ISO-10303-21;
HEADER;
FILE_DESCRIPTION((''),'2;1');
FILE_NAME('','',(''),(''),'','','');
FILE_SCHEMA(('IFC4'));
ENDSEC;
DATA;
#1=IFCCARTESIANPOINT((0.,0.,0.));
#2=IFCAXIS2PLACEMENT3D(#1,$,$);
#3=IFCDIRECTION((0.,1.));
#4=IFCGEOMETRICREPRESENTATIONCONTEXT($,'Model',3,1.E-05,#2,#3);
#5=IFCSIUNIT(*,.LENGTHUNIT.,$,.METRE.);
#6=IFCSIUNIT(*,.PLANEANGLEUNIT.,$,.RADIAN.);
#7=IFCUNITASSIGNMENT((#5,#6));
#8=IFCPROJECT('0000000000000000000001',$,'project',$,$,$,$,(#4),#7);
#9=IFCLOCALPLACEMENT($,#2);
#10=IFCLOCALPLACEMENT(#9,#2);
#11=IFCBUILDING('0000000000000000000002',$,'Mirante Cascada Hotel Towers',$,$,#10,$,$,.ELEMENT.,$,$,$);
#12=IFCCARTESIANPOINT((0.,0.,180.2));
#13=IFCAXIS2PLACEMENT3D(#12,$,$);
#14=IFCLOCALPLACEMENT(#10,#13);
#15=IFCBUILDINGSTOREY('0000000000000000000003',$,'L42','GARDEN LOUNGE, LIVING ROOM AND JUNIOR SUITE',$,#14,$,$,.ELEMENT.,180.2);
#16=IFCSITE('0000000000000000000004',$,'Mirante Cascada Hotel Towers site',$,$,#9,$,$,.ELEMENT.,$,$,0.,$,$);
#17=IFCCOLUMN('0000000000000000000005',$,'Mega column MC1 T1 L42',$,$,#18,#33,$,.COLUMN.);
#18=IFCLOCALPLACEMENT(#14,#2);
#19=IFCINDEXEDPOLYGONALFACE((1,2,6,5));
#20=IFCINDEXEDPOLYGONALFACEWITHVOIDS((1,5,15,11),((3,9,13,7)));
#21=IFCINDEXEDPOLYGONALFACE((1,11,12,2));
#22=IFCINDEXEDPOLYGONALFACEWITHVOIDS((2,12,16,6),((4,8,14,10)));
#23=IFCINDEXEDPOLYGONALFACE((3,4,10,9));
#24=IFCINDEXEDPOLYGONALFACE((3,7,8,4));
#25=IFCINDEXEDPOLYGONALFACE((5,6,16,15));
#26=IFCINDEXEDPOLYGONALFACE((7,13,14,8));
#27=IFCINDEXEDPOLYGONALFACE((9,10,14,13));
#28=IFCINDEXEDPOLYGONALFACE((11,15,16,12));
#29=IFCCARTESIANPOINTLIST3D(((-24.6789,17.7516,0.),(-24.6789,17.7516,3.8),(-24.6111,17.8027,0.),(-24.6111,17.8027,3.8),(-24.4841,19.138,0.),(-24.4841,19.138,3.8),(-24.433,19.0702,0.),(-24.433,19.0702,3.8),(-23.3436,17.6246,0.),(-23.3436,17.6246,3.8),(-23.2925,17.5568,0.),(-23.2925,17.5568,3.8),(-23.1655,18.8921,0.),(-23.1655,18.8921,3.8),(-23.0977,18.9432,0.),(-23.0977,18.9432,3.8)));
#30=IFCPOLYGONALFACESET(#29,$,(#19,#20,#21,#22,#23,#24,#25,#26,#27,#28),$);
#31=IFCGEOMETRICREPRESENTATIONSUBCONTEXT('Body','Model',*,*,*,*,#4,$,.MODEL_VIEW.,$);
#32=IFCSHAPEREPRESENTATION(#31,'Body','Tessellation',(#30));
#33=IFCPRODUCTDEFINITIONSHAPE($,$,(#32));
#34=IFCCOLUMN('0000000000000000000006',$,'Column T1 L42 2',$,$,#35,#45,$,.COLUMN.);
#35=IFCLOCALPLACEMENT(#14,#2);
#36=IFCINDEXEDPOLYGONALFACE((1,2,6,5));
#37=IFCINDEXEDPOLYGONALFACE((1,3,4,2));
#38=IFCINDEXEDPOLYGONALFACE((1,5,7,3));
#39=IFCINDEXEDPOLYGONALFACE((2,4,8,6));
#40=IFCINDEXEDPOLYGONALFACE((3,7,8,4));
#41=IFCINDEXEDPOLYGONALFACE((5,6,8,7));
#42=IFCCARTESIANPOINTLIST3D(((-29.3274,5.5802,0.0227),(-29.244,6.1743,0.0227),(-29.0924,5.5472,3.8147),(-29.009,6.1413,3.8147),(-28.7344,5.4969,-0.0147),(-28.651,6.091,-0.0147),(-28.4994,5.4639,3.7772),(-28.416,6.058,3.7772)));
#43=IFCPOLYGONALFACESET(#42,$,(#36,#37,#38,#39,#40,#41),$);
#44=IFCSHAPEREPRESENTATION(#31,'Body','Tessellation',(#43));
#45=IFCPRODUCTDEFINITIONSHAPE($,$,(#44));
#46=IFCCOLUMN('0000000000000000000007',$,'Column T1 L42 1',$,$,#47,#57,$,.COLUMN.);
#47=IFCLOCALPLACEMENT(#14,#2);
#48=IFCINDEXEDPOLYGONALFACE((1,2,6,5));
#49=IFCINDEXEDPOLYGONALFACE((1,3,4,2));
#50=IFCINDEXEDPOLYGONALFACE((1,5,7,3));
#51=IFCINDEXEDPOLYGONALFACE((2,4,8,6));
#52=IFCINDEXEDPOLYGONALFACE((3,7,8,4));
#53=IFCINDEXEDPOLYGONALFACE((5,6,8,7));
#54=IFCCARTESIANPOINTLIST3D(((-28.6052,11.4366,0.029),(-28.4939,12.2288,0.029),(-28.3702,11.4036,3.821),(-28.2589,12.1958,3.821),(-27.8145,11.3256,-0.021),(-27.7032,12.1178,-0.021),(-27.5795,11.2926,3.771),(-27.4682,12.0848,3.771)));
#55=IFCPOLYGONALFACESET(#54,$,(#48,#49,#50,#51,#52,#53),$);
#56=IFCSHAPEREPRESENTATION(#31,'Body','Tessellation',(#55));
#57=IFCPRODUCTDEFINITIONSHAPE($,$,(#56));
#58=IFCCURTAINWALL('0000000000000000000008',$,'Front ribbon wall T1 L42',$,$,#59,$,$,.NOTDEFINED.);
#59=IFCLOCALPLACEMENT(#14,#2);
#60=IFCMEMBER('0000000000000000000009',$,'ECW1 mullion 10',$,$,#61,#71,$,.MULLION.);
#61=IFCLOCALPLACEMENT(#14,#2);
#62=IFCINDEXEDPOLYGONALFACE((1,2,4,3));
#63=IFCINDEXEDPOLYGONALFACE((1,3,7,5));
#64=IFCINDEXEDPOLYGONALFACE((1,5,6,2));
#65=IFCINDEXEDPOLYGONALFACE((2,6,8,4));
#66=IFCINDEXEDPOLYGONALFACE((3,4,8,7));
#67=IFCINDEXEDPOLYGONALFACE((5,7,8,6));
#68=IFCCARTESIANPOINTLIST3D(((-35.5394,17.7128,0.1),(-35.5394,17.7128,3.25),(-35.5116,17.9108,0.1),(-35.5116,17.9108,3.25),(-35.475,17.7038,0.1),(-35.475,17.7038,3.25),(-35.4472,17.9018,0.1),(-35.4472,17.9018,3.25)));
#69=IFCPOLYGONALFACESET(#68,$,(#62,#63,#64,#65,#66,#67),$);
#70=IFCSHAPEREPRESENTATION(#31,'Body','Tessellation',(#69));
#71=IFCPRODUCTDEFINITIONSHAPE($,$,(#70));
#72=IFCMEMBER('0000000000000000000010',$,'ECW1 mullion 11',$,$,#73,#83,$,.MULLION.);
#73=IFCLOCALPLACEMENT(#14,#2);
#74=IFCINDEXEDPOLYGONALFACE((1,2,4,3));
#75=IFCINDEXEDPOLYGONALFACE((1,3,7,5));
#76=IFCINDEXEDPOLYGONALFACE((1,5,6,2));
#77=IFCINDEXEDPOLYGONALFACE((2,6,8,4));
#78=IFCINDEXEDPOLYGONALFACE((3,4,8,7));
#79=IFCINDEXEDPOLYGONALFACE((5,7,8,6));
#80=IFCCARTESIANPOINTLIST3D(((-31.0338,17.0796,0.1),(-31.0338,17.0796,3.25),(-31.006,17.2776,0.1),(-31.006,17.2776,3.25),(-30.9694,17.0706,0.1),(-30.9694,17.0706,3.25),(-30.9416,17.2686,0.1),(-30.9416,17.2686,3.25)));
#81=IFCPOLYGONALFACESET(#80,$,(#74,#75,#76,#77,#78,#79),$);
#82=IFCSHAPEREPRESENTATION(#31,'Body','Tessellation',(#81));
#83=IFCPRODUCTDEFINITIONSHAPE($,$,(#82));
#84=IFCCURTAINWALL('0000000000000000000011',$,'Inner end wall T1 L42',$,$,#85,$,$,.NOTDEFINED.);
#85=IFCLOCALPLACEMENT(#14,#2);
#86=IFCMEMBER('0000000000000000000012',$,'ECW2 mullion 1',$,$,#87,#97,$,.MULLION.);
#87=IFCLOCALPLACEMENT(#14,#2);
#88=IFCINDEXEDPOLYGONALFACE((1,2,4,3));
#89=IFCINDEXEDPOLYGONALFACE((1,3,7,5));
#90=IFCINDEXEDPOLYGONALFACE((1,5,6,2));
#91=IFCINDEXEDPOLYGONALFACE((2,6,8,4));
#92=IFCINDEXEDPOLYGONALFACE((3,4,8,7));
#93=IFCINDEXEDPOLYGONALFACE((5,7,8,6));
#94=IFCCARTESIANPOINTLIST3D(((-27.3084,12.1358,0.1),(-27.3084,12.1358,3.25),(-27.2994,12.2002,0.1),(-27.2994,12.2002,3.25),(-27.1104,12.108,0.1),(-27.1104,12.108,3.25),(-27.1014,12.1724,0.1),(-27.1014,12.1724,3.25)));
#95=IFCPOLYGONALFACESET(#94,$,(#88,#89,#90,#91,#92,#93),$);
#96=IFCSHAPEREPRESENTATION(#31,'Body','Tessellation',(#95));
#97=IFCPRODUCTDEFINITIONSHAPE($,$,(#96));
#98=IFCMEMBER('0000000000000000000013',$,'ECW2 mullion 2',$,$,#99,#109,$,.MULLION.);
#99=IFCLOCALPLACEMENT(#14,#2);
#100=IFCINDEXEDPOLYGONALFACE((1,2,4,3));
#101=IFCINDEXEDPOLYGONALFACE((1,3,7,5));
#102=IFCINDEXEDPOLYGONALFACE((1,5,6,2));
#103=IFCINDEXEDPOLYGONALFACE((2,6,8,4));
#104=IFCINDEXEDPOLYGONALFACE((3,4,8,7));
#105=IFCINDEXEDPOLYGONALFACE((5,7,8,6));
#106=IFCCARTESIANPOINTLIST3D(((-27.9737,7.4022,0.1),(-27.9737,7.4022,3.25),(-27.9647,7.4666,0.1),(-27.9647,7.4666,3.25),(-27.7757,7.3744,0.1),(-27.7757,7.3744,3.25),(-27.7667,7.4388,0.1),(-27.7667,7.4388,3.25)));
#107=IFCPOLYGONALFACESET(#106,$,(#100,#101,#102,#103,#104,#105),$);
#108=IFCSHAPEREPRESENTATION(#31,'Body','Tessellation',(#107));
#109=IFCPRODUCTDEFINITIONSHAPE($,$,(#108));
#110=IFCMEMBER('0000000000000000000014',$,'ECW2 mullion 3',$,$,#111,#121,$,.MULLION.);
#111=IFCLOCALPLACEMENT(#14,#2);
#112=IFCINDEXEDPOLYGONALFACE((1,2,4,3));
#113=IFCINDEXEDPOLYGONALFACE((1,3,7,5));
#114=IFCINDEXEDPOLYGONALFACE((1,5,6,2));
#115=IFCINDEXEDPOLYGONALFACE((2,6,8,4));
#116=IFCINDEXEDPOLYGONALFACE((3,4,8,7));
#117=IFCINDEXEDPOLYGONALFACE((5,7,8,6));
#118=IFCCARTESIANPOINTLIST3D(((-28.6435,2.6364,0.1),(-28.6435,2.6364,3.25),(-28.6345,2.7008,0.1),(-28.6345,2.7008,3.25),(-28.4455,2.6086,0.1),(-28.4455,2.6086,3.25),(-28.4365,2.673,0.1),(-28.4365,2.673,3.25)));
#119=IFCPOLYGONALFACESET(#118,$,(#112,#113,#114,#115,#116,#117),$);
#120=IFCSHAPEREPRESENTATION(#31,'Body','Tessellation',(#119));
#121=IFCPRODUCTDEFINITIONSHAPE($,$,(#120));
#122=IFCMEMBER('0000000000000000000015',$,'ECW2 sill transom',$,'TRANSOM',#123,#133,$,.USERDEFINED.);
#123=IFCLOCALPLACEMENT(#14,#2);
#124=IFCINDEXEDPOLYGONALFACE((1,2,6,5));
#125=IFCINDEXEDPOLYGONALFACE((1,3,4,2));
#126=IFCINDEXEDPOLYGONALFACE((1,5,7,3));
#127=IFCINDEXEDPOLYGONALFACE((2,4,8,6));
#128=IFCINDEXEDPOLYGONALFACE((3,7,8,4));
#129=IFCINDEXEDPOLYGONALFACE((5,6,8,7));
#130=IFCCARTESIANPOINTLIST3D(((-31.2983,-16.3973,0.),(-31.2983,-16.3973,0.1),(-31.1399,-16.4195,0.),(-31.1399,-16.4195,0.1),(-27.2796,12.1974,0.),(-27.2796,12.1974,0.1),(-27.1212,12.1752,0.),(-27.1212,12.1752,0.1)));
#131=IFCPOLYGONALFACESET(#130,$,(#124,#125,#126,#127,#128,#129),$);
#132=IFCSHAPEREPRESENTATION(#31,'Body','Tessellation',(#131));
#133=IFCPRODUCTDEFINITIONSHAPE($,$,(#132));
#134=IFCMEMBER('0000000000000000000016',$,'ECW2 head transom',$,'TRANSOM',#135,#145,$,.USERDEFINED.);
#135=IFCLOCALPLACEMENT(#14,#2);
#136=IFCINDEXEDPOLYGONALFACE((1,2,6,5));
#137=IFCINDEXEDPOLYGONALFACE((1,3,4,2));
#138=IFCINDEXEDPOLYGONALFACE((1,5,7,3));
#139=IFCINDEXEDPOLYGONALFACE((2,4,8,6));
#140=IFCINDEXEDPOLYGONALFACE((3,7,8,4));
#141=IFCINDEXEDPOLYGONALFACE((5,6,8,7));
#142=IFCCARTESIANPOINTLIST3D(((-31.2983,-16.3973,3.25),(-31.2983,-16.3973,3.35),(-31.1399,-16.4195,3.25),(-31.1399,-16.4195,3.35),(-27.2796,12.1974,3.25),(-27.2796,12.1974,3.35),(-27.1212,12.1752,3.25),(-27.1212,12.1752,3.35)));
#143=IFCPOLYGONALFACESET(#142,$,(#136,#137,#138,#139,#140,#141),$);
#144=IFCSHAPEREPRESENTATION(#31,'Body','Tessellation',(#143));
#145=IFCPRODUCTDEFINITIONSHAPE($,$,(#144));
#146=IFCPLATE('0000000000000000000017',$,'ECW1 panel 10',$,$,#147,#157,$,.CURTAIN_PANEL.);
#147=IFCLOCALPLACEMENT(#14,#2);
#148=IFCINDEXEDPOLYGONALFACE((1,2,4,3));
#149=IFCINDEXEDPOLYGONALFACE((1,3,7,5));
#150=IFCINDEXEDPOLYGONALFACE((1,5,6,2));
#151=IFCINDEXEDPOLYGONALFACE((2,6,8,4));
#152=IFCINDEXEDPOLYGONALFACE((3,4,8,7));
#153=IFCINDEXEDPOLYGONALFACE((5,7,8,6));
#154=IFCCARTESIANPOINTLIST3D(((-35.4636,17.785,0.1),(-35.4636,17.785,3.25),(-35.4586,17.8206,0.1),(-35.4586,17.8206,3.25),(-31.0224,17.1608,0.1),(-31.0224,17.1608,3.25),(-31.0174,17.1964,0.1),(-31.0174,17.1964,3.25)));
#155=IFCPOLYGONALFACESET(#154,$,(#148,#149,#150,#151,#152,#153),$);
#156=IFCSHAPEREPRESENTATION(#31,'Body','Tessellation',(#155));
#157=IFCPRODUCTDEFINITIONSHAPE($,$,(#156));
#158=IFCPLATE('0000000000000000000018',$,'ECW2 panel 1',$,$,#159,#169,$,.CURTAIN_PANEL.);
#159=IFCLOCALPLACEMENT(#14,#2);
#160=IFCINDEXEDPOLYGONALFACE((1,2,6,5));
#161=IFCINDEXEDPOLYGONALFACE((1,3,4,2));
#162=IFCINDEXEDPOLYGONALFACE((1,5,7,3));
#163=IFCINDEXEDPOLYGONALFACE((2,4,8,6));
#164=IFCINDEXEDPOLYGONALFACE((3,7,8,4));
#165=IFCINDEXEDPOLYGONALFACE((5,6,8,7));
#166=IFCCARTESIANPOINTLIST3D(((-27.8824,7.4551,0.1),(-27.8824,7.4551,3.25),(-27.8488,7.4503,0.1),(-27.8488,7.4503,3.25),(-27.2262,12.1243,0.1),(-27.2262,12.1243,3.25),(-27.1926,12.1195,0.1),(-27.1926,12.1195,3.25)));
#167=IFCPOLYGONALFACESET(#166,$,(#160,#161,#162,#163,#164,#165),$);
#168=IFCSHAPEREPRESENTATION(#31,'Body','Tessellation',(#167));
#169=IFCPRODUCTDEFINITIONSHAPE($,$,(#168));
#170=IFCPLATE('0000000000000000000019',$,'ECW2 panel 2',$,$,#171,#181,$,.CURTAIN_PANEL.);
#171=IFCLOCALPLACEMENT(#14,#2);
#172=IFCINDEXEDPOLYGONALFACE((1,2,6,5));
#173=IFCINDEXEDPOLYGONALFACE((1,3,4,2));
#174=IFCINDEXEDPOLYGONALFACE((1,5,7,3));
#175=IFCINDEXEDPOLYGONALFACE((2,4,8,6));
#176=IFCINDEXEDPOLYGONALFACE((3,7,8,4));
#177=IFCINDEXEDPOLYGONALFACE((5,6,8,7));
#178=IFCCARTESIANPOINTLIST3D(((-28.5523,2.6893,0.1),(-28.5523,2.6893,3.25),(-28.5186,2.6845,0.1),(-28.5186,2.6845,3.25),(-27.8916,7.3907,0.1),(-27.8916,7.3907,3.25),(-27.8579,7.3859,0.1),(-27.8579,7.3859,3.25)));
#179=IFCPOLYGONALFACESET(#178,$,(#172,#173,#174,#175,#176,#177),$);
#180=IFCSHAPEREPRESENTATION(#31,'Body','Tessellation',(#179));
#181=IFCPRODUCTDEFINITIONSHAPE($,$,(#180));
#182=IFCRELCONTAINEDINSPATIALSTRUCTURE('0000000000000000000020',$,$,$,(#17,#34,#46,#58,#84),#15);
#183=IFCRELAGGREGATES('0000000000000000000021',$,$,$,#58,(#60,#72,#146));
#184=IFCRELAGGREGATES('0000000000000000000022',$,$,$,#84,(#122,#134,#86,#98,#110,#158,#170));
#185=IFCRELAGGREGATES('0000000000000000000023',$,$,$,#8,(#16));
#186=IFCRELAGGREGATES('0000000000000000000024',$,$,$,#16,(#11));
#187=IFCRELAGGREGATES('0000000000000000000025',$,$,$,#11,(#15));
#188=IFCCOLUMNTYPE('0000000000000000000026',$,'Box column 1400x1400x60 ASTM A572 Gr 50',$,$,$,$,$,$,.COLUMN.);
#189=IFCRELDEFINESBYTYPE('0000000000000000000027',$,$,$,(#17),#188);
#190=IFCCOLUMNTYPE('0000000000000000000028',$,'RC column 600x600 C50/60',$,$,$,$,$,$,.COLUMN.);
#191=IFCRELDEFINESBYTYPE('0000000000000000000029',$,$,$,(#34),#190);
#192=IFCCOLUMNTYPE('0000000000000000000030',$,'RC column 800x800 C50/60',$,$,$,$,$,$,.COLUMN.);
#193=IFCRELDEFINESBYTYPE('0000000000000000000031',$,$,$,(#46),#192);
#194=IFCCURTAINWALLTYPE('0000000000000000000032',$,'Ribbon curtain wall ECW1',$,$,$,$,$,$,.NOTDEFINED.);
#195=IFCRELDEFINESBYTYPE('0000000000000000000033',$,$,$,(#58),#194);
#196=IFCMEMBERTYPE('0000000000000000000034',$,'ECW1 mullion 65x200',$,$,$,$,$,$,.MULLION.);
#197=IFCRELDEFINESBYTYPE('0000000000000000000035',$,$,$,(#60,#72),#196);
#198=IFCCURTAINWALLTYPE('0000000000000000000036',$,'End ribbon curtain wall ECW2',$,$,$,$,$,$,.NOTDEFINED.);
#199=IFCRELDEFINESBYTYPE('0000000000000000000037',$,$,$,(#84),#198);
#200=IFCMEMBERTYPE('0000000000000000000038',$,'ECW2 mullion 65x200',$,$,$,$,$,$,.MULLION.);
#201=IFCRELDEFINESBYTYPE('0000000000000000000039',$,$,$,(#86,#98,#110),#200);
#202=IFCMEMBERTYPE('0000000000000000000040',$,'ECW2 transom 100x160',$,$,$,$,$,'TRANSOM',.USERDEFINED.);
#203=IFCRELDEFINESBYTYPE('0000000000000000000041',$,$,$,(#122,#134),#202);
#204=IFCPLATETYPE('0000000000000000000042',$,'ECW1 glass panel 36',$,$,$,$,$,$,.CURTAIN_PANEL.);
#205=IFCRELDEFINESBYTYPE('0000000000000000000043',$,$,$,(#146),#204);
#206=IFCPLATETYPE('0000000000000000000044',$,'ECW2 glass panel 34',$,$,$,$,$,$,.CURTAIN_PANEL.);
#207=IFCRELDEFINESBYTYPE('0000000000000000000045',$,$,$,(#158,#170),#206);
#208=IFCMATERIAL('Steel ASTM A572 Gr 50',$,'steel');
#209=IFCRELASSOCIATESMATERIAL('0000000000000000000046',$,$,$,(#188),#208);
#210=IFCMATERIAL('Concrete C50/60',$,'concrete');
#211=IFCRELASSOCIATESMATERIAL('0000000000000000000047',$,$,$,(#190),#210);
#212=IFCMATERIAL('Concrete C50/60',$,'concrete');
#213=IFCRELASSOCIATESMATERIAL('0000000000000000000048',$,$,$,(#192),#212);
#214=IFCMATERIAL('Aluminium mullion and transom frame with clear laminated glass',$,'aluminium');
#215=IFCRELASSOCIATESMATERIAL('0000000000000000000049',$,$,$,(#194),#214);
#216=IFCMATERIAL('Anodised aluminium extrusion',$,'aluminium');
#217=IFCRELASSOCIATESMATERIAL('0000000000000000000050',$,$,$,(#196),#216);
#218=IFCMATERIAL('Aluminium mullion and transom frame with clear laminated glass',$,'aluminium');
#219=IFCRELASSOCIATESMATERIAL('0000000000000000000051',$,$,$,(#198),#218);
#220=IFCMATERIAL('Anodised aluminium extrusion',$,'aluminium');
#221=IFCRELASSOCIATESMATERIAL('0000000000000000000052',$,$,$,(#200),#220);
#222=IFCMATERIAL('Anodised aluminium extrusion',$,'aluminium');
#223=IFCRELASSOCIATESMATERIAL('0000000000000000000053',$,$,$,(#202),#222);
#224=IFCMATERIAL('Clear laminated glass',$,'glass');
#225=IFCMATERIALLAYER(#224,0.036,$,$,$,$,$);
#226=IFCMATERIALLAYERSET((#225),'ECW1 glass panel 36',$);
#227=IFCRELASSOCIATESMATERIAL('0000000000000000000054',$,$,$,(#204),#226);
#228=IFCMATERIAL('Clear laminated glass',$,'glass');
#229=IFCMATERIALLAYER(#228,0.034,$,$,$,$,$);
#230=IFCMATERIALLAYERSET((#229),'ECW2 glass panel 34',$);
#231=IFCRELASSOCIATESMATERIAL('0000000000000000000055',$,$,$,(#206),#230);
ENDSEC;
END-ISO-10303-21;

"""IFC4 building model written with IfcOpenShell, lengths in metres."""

from ifc_helpers import new_model, si_unit, direction, frame, origin, origin_2d, place, context, subcontext, project, spatial, rectangle, hollow_rectangle, extrude, material, layer, layer_set, material_profile, profile_set, type_object, element, aggregate, save


model = new_model("IFC4")

# Units and contexts
model_context = context("Model", 3, precision=1e-05, world=origin(), true_north=direction((0.0, 1.0)))
body_context = subcontext(model_context, "Body", "Model", "MODEL_VIEW")
ifc_project = project(units=[si_unit("LENGTHUNIT", "METRE"), si_unit("PLANEANGLEUNIT", "RADIAN")], contexts=[model_context])

# Site, building, storey
site_placement = place(None, origin())
site = spatial("IfcSite", under=ifc_project, at=site_placement, Name="Mirante Cascada Hotel Towers site", CompositionType="ELEMENT", RefElevation=0.0)
building_placement = place(site_placement, origin())
building = spatial("IfcBuilding", under=site, at=building_placement, Name="Mirante Cascada Hotel Towers", CompositionType="ELEMENT")
storey_placement = place(building_placement, frame((0.0, 0.0, 180.2)))
storey = spatial("IfcBuildingStorey", under=building, at=storey_placement, Name="L42", Description="GARDEN LOUNGE, LIVING ROOM AND JUNIOR SUITE", CompositionType="ELEMENT", Elevation=180.2)

# Columns
ifc_material_1 = material(Name="Steel ASTM A572 Gr 50", Category="steel")
ifc_material_profile_1 = material_profile(ifc_material_1, hollow_rectangle(XDim=1.4, YDim=1.4, WallThickness=0.06, at=origin_2d()), Name="Box column 1400x1400x60 ASTM A572 Gr 50")
ifc_profile_set_1 = profile_set([ifc_material_profile_1], Name="Steel ASTM A572 Gr 50")
column_type_1 = type_object("IfcColumnType", Name="Box column 1400x1400x60 ASTM A572 Gr 50", PredefinedType="COLUMN", material=ifc_profile_set_1)
column_1_placement = place(storey_placement, frame((-23.8883, 18.3474, 0.0), z_axis=(0.0, 0.0, 1.0), x_axis=(-0.990268, 0.139173, 0.0)))
element("IfcColumn", 1, at=column_1_placement, inside=storey, type_object=column_type_1, Name="Mega column MC1 T1 L42", PredefinedType="COLUMN", context=body_context, shape_type="SweptSolid", body=[
    extrude(hollow_rectangle(XDim=1.4, YDim=1.4, WallThickness=0.06, at=origin_2d()), origin(), (0.0, 0.0, 1.0), 3.8),
])
ifc_material_2 = material(Name="Concrete C50/60", Category="concrete")
ifc_material_profile_2 = material_profile(ifc_material_2, rectangle(XDim=0.6, YDim=0.6, at=origin_2d()), Name="RC column 600x600 C50/60")
ifc_profile_set_2 = profile_set([ifc_material_profile_2], Name="Concrete C50/60")
column_type_2 = type_object("IfcColumnType", Name="RC column 600x600 C50/60", PredefinedType="COLUMN", material=ifc_profile_set_2)
column_2_placement = place(storey_placement, frame((-28.9892, 5.8356, 0.004), z_axis=(0.061852, -0.008686, 0.998048), x_axis=(0.139061, 0.990284, 0.0)))
element("IfcColumn", 2, at=column_2_placement, inside=storey, type_object=column_type_2, Name="Column T1 L42 2", PredefinedType="COLUMN", context=body_context, shape_type="SweptSolid", body=[
    extrude(rectangle(XDim=0.6, YDim=0.6, at=origin_2d()), origin(), (0.0, 0.0, 1.0), 3.7994),
])
ifc_material_3 = material(Name="Concrete C50/60", Category="concrete")
ifc_material_profile_3 = material_profile(ifc_material_3, rectangle(XDim=0.8, YDim=0.8, at=origin_2d()), Name="RC column 800x800 C50/60")
ifc_profile_set_3 = profile_set([ifc_material_profile_3], Name="Concrete C50/60")
column_type_3 = type_object("IfcColumnType", Name="RC column 800x800 C50/60", PredefinedType="COLUMN", material=ifc_profile_set_3)
column_3_placement = place(storey_placement, frame((-28.1542, 11.7772, 0.004), z_axis=(0.061852, -0.008686, 0.998048), x_axis=(0.139061, 0.990284, 0.0)))
element("IfcColumn", 3, at=column_3_placement, inside=storey, type_object=column_type_3, Name="Column T1 L42 1", PredefinedType="COLUMN", context=body_context, shape_type="SweptSolid", body=[
    extrude(rectangle(XDim=0.8, YDim=0.8, at=origin_2d()), origin(), (0.0, 0.0, 1.0), 3.7994),
])

# Curtain walls, members
ifc_material_4 = material(Name="Aluminium mullion and transom frame with clear laminated glass", Category="aluminium")
curtain_wall_type_1 = type_object("IfcCurtainWallType", Name="Ribbon curtain wall ECW1", PredefinedType="NOTDEFINED", material=ifc_material_4)
curtain_wall_1_placement = place(storey_placement, origin())
curtain_wall_1 = element("IfcCurtainWall", 4, at=curtain_wall_1_placement, inside=storey, type_object=curtain_wall_type_1, Name="Front ribbon wall T1 L42", PredefinedType="NOTDEFINED")
ifc_material_5 = material(Name="Anodised aluminium extrusion", Category="aluminium")
ifc_material_profile_4 = material_profile(ifc_material_5, rectangle(XDim=0.2, YDim=0.065, at=origin_2d()), Name="ECW1 MULLION 65x200")
ifc_profile_set_4 = profile_set([ifc_material_profile_4], Name="Anodised aluminium extrusion")
member_type_1 = type_object("IfcMemberType", Name="ECW1 mullion 65x200", PredefinedType="MULLION", material=ifc_profile_set_4)
member_1_placement = place(storey_placement, frame((-35.4933, 17.8073, 0.1), z_axis=(0.0, 0.0, 1.0), x_axis=(0.139173, 0.990268, 0.0)))
member_1 = element("IfcMember", 5, at=member_1_placement, type_object=member_type_1, Name="ECW1 mullion 10", PredefinedType="MULLION", context=body_context, shape_type="SweptSolid", body=[
    extrude(rectangle(XDim=0.2, YDim=0.065, at=origin_2d()), origin(), (0.0, 0.0, 1.0), 3.15),
])
member_2_placement = place(storey_placement, frame((-30.9877, 17.1741, 0.1), z_axis=(0.0, 0.0, 1.0), x_axis=(0.139173, 0.990268, 0.0)))
member_2 = element("IfcMember", 6, at=member_2_placement, type_object=member_type_1, Name="ECW1 mullion 11", PredefinedType="MULLION", context=body_context, shape_type="SweptSolid", body=[
    extrude(rectangle(XDim=0.2, YDim=0.065, at=origin_2d()), origin(), (0.0, 0.0, 1.0), 3.15),
])
ifc_material_6 = material(Name="Aluminium mullion and transom frame with clear laminated glass", Category="aluminium")
curtain_wall_type_2 = type_object("IfcCurtainWallType", Name="End ribbon curtain wall ECW2", PredefinedType="NOTDEFINED", material=ifc_material_6)
curtain_wall_2_placement = place(storey_placement, origin())
curtain_wall_2 = element("IfcCurtainWall", 7, at=curtain_wall_2_placement, inside=storey, type_object=curtain_wall_type_2, Name="Inner end wall T1 L42", PredefinedType="NOTDEFINED")
ifc_material_7 = material(Name="Anodised aluminium extrusion", Category="aluminium")
ifc_material_profile_5 = material_profile(ifc_material_7, rectangle(XDim=0.2, YDim=0.065, at=origin_2d()), Name="ECW2 MULLION 65x200")
ifc_profile_set_5 = profile_set([ifc_material_profile_5], Name="Anodised aluminium extrusion")
member_type_2 = type_object("IfcMemberType", Name="ECW2 mullion 65x200", PredefinedType="MULLION", material=ifc_profile_set_5)
member_3_placement = place(storey_placement, frame((-27.2049, 12.1541, 0.1), z_axis=(0.0, 0.0, 1.0), x_axis=(0.990268, -0.139173, 0.0)))
member_3 = element("IfcMember", 8, at=member_3_placement, type_object=member_type_2, Name="ECW2 mullion 1", PredefinedType="MULLION", context=body_context, shape_type="SweptSolid", body=[
    extrude(rectangle(XDim=0.2, YDim=0.065, at=origin_2d()), origin(), (0.0, 0.0, 1.0), 3.15),
])
member_4_placement = place(storey_placement, frame((-27.8702, 7.4205, 0.1), z_axis=(0.0, 0.0, 1.0), x_axis=(0.990268, -0.139173, 0.0)))
member_4 = element("IfcMember", 9, at=member_4_placement, type_object=member_type_2, Name="ECW2 mullion 2", PredefinedType="MULLION", context=body_context, shape_type="SweptSolid", body=[
    extrude(rectangle(XDim=0.2, YDim=0.065, at=origin_2d()), origin(), (0.0, 0.0, 1.0), 3.15),
])
member_5_placement = place(storey_placement, frame((-28.54, 2.6547, 0.1), z_axis=(0.0, 0.0, 1.0), x_axis=(0.990268, -0.139173, 0.0)))
member_5 = element("IfcMember", 10, at=member_5_placement, type_object=member_type_2, Name="ECW2 mullion 3", PredefinedType="MULLION", context=body_context, shape_type="SweptSolid", body=[
    extrude(rectangle(XDim=0.2, YDim=0.065, at=origin_2d()), origin(), (0.0, 0.0, 1.0), 3.15),
])
ifc_material_8 = material(Name="Anodised aluminium extrusion", Category="aluminium")
ifc_material_profile_6 = material_profile(ifc_material_8, rectangle(XDim=0.16, YDim=0.1, at=origin_2d()), Name="ECW2 TRANSOM 100x160")
ifc_profile_set_6 = profile_set([ifc_material_profile_6], Name="Anodised aluminium extrusion")
member_type_3 = type_object("IfcMemberType", Name="ECW2 transom 100x160", ElementType="TRANSOM", PredefinedType="USERDEFINED", material=ifc_profile_set_6)
member_6_placement = place(storey_placement, frame((-27.2004, 12.1863, 0.05), z_axis=(-0.139172, -0.990268, 0.0), x_axis=(0.990268, -0.139172, 0.0)))
member_6 = element("IfcMember", 11, at=member_6_placement, type_object=member_type_3, Name="ECW2 sill transom", ObjectType="TRANSOM", PredefinedType="USERDEFINED", context=body_context, shape_type="SweptSolid", body=[
    extrude(rectangle(XDim=0.16, YDim=0.1, at=origin_2d()), origin(), (0.0, 0.0, 1.0), 28.8757),
])
member_7_placement = place(storey_placement, frame((-27.2004, 12.1863, 3.3), z_axis=(-0.139172, -0.990268, 0.0), x_axis=(0.990268, -0.139172, 0.0)))
member_7 = element("IfcMember", 12, at=member_7_placement, type_object=member_type_3, Name="ECW2 head transom", ObjectType="TRANSOM", PredefinedType="USERDEFINED", context=body_context, shape_type="SweptSolid", body=[
    extrude(rectangle(XDim=0.16, YDim=0.1, at=origin_2d()), origin(), (0.0, 0.0, 1.0), 28.8757),
])

# Plates
ifc_material_9 = material(Name="Clear laminated glass", Category="glass")
ifc_layer_1 = layer(ifc_material_9, 0.036)
ifc_layer_set_1 = layer_set([ifc_layer_1], Name="ECW1 glass panel 36")
plate_type_1 = type_object("IfcPlateType", Name="ECW1 glass panel 36", PredefinedType="CURTAIN_PANEL", material=ifc_layer_set_1)
plate_1_placement = place(storey_placement, frame((-33.2405, 17.4907, 0.1), z_axis=(0.0, 0.0, 1.0), x_axis=(0.990268, -0.139173, 0.0)))
plate_1 = element("IfcPlate", 13, at=plate_1_placement, type_object=plate_type_1, Name="ECW1 panel 10", PredefinedType="CURTAIN_PANEL", context=body_context, shape_type="SweptSolid", body=[
    extrude(rectangle(XDim=4.4849, YDim=0.036, at=origin_2d()), origin(), (0.0, 0.0, 1.0), 3.15),
])
aggregate(curtain_wall_1, [member_1, member_2, plate_1])
ifc_material_10 = material(Name="Clear laminated glass", Category="glass")
ifc_layer_2 = layer(ifc_material_10, 0.034)
ifc_layer_set_2 = layer_set([ifc_layer_2], Name="ECW2 glass panel 34")
plate_type_2 = type_object("IfcPlateType", Name="ECW2 glass panel 34", PredefinedType="CURTAIN_PANEL", material=ifc_layer_set_2)
plate_2_placement = place(storey_placement, frame((-27.5375, 9.7873, 0.1), z_axis=(0.0, 0.0, 1.0), x_axis=(-0.139173, -0.990268, 0.0)))
plate_2 = element("IfcPlate", 14, at=plate_2_placement, type_object=plate_type_2, Name="ECW2 panel 1", PredefinedType="CURTAIN_PANEL", context=body_context, shape_type="SweptSolid", body=[
    extrude(rectangle(XDim=4.7151, YDim=0.034, at=origin_2d()), origin(), (0.0, 0.0, 1.0), 3.15),
])
plate_3_placement = place(storey_placement, frame((-28.2051, 5.0376, 0.1), z_axis=(0.0, 0.0, 1.0), x_axis=(-0.139173, -0.990268, 0.0)))
plate_3 = element("IfcPlate", 15, at=plate_3_placement, type_object=plate_type_2, Name="ECW2 panel 2", PredefinedType="CURTAIN_PANEL", context=body_context, shape_type="SweptSolid", body=[
    extrude(rectangle(XDim=4.7476, YDim=0.034, at=origin_2d()), origin(), (0.0, 0.0, 1.0), 3.15),
])
aggregate(curtain_wall_2, [member_6, member_7, member_3, member_4, member_5, plate_2, plate_3])

save(model, "model.ifc")
